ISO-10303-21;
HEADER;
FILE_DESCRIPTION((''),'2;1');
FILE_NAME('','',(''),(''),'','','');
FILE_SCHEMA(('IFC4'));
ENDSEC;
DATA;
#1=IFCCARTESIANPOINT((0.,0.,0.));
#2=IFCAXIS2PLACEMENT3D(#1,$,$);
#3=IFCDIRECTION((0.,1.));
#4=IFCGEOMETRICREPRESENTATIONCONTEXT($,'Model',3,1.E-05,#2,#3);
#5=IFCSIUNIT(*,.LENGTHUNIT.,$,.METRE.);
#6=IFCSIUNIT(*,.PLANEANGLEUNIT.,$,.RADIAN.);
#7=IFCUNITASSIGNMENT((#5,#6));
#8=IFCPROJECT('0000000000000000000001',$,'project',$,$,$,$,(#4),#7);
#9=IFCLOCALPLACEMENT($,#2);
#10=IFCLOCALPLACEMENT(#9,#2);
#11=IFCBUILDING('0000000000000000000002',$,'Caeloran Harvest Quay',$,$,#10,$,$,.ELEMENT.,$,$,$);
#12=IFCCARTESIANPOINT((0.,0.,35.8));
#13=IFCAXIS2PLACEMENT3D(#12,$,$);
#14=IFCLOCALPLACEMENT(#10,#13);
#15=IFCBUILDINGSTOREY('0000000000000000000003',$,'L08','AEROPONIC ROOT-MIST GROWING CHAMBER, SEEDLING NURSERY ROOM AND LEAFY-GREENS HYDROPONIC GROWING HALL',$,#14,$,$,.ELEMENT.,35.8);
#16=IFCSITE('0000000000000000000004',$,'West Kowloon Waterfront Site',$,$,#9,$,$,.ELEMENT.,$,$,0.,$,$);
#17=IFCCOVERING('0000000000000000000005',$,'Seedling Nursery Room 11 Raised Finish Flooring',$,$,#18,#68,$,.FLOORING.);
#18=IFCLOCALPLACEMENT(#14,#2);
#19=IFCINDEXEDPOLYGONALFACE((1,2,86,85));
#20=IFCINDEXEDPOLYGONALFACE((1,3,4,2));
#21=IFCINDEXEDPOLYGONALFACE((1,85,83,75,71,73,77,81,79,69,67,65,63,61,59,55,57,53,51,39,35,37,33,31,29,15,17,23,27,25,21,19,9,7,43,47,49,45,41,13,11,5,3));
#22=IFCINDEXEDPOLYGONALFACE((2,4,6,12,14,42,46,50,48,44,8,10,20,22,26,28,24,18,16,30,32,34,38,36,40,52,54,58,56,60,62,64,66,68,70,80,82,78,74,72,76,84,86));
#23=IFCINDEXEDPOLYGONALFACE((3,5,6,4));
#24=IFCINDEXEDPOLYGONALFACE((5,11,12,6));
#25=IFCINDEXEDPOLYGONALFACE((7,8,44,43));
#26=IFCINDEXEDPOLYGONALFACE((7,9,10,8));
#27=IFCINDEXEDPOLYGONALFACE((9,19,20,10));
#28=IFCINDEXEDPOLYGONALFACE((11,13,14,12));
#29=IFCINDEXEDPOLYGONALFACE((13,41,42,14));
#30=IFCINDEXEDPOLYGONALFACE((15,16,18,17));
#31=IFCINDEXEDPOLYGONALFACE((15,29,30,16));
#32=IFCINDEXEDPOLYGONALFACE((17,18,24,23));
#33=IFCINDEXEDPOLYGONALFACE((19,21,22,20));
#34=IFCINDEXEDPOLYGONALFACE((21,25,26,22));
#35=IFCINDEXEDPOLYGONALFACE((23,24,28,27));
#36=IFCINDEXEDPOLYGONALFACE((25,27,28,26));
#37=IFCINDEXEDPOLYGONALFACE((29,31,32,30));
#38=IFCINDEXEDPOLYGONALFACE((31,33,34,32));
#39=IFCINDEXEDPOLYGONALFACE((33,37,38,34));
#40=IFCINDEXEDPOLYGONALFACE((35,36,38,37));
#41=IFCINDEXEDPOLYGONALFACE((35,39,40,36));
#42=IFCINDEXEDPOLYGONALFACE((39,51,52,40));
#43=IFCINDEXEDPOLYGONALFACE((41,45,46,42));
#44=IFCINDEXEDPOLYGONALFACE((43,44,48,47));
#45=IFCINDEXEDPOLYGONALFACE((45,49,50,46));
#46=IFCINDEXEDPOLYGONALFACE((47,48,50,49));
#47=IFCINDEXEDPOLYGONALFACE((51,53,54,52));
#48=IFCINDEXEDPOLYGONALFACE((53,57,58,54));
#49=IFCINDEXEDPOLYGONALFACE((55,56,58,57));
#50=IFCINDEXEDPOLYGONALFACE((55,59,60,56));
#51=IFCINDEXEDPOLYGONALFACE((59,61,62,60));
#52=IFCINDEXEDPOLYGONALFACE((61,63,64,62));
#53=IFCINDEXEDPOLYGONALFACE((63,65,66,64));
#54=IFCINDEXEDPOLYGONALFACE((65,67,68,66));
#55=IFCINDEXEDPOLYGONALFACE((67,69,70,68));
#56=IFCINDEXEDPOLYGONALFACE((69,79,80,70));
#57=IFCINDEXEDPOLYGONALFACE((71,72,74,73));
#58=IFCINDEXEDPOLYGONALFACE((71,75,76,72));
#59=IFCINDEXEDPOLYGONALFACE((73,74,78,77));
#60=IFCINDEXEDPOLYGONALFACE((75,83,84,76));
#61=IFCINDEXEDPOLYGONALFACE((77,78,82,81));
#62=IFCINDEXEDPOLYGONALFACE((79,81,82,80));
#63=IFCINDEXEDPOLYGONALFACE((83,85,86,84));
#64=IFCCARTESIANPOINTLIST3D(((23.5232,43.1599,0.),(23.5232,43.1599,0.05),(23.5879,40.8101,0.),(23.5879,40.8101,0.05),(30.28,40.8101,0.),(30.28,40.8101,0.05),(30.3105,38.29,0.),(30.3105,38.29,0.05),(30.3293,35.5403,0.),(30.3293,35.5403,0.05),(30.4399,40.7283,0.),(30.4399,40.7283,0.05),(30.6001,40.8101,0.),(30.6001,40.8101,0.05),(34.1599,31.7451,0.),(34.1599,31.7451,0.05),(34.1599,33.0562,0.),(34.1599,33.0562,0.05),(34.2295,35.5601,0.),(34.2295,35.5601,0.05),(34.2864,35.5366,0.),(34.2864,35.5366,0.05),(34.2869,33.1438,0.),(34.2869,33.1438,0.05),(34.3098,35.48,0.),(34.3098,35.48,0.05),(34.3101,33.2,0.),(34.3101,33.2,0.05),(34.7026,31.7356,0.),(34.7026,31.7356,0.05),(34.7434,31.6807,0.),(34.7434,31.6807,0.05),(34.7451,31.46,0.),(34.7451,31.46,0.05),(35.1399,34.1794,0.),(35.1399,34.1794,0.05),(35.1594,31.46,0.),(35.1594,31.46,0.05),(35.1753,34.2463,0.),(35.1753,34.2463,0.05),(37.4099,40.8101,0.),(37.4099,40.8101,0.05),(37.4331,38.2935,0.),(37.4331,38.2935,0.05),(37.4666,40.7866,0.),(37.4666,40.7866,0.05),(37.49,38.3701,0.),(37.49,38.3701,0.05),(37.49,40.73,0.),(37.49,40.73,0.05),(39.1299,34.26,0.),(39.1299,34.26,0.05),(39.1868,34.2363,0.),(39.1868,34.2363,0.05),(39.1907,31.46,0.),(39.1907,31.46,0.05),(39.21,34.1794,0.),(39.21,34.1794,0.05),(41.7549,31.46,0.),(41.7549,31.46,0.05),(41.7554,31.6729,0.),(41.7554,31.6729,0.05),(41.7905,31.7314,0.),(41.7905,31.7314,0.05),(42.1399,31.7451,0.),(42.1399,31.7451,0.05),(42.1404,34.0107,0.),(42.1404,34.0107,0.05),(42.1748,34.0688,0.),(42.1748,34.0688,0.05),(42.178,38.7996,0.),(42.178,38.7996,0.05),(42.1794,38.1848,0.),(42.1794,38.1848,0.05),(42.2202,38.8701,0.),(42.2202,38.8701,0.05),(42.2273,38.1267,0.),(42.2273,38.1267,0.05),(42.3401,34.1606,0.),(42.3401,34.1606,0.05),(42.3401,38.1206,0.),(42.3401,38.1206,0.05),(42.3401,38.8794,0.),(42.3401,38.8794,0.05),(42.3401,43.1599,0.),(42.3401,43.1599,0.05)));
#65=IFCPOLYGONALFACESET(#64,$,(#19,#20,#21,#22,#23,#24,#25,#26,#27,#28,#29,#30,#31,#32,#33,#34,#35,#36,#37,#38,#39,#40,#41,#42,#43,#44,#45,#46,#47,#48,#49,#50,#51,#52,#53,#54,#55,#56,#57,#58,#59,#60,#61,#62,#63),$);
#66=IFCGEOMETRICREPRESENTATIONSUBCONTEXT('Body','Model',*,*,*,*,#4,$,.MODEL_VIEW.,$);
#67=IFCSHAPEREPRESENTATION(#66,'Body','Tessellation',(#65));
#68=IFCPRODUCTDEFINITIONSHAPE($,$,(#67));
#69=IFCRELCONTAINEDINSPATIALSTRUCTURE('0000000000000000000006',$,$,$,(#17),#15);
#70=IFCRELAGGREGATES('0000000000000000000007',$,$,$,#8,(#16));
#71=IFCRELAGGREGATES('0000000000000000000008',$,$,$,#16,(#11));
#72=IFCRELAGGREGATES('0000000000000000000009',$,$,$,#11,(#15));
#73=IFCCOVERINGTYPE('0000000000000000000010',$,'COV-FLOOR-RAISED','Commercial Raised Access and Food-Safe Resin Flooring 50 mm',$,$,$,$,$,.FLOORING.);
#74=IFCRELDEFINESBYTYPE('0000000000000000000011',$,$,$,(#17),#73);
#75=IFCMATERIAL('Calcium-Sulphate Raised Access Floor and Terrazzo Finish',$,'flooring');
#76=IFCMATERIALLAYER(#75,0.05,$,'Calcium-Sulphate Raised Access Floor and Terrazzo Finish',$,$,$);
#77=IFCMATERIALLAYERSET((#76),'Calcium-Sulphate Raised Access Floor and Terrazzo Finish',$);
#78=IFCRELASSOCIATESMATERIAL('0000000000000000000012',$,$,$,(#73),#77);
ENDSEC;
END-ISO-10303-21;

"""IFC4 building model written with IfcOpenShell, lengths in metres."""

from ifc_helpers import new_model, si_unit, direction, frame, origin, place, context, subcontext, project, spatial, polyline, outline, extrude, material, layer, layer_set, type_object, element, save


model = new_model("IFC4")

# Units and contexts
model_context = context("Model", 3, precision=1e-05, world=origin(), true_north=direction((0.0, 1.0)))
body_context = subcontext(model_context, "Body", "Model", "MODEL_VIEW")
ifc_project = project(units=[si_unit("LENGTHUNIT", "METRE"), si_unit("PLANEANGLEUNIT", "RADIAN")], contexts=[model_context])

# Site, building, storey
site_placement = place(None, origin())
site = spatial("IfcSite", under=ifc_project, at=site_placement, Name="West Kowloon Waterfront Site", CompositionType="ELEMENT", RefElevation=0.0)
building_placement = place(site_placement, origin())
building = spatial("IfcBuilding", under=site, at=building_placement, Name="Caeloran Harvest Quay", CompositionType="ELEMENT")
storey_placement = place(building_placement, frame((0.0, 0.0, 35.8)))
storey = spatial("IfcBuildingStorey", under=building, at=storey_placement, Name="L08", Description="AEROPONIC ROOT-MIST GROWING CHAMBER, SEEDLING NURSERY ROOM AND LEAFY-GREENS HYDROPONIC GROWING HALL", CompositionType="ELEMENT", Elevation=35.8)

# Covering
ifc_material_1 = material(Name="Calcium-Sulphate Raised Access Floor and Terrazzo Finish", Category="flooring")
ifc_layer_1 = layer(ifc_material_1, 0.05, Name="Calcium-Sulphate Raised Access Floor and Terrazzo Finish")
ifc_layer_set_1 = layer_set([ifc_layer_1], Name="Calcium-Sulphate Raised Access Floor and Terrazzo Finish")
covering_type_1 = type_object("IfcCoveringType", Name="COV-FLOOR-RAISED", Description="Commercial Raised Access and Food-Safe Resin Flooring 50 mm", PredefinedType="FLOORING", material=ifc_layer_set_1)
covering_1_placement = place(storey_placement, origin())
element("IfcCovering", 1, at=covering_1_placement, inside=storey, type_object=covering_type_1, Name="Seedling Nursery Room 11 Raised Finish Flooring", PredefinedType="FLOORING", context=body_context, shape_type="SweptSolid", body=[
    extrude(outline(polyline([(37.49, 40.73), (37.4666, 40.7866), (37.4099, 40.8101), (30.6001, 40.8101), (30.4399, 40.7283), (30.28, 40.8101), (23.5879, 40.8101), (23.5232, 43.1599), (42.3401, 43.1599), (42.3401, 38.8794), (42.2202, 38.8701), (42.178, 38.7996), (42.1794, 38.1848), (42.2273, 38.1267), (42.3401, 38.1206), (42.3401, 34.1606), (42.1748, 34.0688), (42.1404, 34.0107), (42.1399, 31.7451), (41.7905, 31.7314), (41.7554, 31.6729), (41.7549, 31.46), (39.1907, 31.46), (39.21, 34.1794), (39.1868, 34.2363), (39.1299, 34.26), (35.1753, 34.2463), (35.1399, 34.1794), (35.1594, 31.46), (34.7451, 31.46), (34.7434, 31.6807), (34.7026, 31.7356), (34.1599, 31.7451), (34.1599, 33.0562), (34.2869, 33.1438), (34.3101, 33.2), (34.3098, 35.48), (34.2864, 35.5366), (34.2295, 35.5601), (30.3293, 35.5403), (30.3105, 38.29), (37.4331, 38.2935), (37.49, 38.3701), (37.49, 40.73)])), origin(), (0.0, 0.0, 1.0), 0.05),
])

save(model, "model.ifc")
